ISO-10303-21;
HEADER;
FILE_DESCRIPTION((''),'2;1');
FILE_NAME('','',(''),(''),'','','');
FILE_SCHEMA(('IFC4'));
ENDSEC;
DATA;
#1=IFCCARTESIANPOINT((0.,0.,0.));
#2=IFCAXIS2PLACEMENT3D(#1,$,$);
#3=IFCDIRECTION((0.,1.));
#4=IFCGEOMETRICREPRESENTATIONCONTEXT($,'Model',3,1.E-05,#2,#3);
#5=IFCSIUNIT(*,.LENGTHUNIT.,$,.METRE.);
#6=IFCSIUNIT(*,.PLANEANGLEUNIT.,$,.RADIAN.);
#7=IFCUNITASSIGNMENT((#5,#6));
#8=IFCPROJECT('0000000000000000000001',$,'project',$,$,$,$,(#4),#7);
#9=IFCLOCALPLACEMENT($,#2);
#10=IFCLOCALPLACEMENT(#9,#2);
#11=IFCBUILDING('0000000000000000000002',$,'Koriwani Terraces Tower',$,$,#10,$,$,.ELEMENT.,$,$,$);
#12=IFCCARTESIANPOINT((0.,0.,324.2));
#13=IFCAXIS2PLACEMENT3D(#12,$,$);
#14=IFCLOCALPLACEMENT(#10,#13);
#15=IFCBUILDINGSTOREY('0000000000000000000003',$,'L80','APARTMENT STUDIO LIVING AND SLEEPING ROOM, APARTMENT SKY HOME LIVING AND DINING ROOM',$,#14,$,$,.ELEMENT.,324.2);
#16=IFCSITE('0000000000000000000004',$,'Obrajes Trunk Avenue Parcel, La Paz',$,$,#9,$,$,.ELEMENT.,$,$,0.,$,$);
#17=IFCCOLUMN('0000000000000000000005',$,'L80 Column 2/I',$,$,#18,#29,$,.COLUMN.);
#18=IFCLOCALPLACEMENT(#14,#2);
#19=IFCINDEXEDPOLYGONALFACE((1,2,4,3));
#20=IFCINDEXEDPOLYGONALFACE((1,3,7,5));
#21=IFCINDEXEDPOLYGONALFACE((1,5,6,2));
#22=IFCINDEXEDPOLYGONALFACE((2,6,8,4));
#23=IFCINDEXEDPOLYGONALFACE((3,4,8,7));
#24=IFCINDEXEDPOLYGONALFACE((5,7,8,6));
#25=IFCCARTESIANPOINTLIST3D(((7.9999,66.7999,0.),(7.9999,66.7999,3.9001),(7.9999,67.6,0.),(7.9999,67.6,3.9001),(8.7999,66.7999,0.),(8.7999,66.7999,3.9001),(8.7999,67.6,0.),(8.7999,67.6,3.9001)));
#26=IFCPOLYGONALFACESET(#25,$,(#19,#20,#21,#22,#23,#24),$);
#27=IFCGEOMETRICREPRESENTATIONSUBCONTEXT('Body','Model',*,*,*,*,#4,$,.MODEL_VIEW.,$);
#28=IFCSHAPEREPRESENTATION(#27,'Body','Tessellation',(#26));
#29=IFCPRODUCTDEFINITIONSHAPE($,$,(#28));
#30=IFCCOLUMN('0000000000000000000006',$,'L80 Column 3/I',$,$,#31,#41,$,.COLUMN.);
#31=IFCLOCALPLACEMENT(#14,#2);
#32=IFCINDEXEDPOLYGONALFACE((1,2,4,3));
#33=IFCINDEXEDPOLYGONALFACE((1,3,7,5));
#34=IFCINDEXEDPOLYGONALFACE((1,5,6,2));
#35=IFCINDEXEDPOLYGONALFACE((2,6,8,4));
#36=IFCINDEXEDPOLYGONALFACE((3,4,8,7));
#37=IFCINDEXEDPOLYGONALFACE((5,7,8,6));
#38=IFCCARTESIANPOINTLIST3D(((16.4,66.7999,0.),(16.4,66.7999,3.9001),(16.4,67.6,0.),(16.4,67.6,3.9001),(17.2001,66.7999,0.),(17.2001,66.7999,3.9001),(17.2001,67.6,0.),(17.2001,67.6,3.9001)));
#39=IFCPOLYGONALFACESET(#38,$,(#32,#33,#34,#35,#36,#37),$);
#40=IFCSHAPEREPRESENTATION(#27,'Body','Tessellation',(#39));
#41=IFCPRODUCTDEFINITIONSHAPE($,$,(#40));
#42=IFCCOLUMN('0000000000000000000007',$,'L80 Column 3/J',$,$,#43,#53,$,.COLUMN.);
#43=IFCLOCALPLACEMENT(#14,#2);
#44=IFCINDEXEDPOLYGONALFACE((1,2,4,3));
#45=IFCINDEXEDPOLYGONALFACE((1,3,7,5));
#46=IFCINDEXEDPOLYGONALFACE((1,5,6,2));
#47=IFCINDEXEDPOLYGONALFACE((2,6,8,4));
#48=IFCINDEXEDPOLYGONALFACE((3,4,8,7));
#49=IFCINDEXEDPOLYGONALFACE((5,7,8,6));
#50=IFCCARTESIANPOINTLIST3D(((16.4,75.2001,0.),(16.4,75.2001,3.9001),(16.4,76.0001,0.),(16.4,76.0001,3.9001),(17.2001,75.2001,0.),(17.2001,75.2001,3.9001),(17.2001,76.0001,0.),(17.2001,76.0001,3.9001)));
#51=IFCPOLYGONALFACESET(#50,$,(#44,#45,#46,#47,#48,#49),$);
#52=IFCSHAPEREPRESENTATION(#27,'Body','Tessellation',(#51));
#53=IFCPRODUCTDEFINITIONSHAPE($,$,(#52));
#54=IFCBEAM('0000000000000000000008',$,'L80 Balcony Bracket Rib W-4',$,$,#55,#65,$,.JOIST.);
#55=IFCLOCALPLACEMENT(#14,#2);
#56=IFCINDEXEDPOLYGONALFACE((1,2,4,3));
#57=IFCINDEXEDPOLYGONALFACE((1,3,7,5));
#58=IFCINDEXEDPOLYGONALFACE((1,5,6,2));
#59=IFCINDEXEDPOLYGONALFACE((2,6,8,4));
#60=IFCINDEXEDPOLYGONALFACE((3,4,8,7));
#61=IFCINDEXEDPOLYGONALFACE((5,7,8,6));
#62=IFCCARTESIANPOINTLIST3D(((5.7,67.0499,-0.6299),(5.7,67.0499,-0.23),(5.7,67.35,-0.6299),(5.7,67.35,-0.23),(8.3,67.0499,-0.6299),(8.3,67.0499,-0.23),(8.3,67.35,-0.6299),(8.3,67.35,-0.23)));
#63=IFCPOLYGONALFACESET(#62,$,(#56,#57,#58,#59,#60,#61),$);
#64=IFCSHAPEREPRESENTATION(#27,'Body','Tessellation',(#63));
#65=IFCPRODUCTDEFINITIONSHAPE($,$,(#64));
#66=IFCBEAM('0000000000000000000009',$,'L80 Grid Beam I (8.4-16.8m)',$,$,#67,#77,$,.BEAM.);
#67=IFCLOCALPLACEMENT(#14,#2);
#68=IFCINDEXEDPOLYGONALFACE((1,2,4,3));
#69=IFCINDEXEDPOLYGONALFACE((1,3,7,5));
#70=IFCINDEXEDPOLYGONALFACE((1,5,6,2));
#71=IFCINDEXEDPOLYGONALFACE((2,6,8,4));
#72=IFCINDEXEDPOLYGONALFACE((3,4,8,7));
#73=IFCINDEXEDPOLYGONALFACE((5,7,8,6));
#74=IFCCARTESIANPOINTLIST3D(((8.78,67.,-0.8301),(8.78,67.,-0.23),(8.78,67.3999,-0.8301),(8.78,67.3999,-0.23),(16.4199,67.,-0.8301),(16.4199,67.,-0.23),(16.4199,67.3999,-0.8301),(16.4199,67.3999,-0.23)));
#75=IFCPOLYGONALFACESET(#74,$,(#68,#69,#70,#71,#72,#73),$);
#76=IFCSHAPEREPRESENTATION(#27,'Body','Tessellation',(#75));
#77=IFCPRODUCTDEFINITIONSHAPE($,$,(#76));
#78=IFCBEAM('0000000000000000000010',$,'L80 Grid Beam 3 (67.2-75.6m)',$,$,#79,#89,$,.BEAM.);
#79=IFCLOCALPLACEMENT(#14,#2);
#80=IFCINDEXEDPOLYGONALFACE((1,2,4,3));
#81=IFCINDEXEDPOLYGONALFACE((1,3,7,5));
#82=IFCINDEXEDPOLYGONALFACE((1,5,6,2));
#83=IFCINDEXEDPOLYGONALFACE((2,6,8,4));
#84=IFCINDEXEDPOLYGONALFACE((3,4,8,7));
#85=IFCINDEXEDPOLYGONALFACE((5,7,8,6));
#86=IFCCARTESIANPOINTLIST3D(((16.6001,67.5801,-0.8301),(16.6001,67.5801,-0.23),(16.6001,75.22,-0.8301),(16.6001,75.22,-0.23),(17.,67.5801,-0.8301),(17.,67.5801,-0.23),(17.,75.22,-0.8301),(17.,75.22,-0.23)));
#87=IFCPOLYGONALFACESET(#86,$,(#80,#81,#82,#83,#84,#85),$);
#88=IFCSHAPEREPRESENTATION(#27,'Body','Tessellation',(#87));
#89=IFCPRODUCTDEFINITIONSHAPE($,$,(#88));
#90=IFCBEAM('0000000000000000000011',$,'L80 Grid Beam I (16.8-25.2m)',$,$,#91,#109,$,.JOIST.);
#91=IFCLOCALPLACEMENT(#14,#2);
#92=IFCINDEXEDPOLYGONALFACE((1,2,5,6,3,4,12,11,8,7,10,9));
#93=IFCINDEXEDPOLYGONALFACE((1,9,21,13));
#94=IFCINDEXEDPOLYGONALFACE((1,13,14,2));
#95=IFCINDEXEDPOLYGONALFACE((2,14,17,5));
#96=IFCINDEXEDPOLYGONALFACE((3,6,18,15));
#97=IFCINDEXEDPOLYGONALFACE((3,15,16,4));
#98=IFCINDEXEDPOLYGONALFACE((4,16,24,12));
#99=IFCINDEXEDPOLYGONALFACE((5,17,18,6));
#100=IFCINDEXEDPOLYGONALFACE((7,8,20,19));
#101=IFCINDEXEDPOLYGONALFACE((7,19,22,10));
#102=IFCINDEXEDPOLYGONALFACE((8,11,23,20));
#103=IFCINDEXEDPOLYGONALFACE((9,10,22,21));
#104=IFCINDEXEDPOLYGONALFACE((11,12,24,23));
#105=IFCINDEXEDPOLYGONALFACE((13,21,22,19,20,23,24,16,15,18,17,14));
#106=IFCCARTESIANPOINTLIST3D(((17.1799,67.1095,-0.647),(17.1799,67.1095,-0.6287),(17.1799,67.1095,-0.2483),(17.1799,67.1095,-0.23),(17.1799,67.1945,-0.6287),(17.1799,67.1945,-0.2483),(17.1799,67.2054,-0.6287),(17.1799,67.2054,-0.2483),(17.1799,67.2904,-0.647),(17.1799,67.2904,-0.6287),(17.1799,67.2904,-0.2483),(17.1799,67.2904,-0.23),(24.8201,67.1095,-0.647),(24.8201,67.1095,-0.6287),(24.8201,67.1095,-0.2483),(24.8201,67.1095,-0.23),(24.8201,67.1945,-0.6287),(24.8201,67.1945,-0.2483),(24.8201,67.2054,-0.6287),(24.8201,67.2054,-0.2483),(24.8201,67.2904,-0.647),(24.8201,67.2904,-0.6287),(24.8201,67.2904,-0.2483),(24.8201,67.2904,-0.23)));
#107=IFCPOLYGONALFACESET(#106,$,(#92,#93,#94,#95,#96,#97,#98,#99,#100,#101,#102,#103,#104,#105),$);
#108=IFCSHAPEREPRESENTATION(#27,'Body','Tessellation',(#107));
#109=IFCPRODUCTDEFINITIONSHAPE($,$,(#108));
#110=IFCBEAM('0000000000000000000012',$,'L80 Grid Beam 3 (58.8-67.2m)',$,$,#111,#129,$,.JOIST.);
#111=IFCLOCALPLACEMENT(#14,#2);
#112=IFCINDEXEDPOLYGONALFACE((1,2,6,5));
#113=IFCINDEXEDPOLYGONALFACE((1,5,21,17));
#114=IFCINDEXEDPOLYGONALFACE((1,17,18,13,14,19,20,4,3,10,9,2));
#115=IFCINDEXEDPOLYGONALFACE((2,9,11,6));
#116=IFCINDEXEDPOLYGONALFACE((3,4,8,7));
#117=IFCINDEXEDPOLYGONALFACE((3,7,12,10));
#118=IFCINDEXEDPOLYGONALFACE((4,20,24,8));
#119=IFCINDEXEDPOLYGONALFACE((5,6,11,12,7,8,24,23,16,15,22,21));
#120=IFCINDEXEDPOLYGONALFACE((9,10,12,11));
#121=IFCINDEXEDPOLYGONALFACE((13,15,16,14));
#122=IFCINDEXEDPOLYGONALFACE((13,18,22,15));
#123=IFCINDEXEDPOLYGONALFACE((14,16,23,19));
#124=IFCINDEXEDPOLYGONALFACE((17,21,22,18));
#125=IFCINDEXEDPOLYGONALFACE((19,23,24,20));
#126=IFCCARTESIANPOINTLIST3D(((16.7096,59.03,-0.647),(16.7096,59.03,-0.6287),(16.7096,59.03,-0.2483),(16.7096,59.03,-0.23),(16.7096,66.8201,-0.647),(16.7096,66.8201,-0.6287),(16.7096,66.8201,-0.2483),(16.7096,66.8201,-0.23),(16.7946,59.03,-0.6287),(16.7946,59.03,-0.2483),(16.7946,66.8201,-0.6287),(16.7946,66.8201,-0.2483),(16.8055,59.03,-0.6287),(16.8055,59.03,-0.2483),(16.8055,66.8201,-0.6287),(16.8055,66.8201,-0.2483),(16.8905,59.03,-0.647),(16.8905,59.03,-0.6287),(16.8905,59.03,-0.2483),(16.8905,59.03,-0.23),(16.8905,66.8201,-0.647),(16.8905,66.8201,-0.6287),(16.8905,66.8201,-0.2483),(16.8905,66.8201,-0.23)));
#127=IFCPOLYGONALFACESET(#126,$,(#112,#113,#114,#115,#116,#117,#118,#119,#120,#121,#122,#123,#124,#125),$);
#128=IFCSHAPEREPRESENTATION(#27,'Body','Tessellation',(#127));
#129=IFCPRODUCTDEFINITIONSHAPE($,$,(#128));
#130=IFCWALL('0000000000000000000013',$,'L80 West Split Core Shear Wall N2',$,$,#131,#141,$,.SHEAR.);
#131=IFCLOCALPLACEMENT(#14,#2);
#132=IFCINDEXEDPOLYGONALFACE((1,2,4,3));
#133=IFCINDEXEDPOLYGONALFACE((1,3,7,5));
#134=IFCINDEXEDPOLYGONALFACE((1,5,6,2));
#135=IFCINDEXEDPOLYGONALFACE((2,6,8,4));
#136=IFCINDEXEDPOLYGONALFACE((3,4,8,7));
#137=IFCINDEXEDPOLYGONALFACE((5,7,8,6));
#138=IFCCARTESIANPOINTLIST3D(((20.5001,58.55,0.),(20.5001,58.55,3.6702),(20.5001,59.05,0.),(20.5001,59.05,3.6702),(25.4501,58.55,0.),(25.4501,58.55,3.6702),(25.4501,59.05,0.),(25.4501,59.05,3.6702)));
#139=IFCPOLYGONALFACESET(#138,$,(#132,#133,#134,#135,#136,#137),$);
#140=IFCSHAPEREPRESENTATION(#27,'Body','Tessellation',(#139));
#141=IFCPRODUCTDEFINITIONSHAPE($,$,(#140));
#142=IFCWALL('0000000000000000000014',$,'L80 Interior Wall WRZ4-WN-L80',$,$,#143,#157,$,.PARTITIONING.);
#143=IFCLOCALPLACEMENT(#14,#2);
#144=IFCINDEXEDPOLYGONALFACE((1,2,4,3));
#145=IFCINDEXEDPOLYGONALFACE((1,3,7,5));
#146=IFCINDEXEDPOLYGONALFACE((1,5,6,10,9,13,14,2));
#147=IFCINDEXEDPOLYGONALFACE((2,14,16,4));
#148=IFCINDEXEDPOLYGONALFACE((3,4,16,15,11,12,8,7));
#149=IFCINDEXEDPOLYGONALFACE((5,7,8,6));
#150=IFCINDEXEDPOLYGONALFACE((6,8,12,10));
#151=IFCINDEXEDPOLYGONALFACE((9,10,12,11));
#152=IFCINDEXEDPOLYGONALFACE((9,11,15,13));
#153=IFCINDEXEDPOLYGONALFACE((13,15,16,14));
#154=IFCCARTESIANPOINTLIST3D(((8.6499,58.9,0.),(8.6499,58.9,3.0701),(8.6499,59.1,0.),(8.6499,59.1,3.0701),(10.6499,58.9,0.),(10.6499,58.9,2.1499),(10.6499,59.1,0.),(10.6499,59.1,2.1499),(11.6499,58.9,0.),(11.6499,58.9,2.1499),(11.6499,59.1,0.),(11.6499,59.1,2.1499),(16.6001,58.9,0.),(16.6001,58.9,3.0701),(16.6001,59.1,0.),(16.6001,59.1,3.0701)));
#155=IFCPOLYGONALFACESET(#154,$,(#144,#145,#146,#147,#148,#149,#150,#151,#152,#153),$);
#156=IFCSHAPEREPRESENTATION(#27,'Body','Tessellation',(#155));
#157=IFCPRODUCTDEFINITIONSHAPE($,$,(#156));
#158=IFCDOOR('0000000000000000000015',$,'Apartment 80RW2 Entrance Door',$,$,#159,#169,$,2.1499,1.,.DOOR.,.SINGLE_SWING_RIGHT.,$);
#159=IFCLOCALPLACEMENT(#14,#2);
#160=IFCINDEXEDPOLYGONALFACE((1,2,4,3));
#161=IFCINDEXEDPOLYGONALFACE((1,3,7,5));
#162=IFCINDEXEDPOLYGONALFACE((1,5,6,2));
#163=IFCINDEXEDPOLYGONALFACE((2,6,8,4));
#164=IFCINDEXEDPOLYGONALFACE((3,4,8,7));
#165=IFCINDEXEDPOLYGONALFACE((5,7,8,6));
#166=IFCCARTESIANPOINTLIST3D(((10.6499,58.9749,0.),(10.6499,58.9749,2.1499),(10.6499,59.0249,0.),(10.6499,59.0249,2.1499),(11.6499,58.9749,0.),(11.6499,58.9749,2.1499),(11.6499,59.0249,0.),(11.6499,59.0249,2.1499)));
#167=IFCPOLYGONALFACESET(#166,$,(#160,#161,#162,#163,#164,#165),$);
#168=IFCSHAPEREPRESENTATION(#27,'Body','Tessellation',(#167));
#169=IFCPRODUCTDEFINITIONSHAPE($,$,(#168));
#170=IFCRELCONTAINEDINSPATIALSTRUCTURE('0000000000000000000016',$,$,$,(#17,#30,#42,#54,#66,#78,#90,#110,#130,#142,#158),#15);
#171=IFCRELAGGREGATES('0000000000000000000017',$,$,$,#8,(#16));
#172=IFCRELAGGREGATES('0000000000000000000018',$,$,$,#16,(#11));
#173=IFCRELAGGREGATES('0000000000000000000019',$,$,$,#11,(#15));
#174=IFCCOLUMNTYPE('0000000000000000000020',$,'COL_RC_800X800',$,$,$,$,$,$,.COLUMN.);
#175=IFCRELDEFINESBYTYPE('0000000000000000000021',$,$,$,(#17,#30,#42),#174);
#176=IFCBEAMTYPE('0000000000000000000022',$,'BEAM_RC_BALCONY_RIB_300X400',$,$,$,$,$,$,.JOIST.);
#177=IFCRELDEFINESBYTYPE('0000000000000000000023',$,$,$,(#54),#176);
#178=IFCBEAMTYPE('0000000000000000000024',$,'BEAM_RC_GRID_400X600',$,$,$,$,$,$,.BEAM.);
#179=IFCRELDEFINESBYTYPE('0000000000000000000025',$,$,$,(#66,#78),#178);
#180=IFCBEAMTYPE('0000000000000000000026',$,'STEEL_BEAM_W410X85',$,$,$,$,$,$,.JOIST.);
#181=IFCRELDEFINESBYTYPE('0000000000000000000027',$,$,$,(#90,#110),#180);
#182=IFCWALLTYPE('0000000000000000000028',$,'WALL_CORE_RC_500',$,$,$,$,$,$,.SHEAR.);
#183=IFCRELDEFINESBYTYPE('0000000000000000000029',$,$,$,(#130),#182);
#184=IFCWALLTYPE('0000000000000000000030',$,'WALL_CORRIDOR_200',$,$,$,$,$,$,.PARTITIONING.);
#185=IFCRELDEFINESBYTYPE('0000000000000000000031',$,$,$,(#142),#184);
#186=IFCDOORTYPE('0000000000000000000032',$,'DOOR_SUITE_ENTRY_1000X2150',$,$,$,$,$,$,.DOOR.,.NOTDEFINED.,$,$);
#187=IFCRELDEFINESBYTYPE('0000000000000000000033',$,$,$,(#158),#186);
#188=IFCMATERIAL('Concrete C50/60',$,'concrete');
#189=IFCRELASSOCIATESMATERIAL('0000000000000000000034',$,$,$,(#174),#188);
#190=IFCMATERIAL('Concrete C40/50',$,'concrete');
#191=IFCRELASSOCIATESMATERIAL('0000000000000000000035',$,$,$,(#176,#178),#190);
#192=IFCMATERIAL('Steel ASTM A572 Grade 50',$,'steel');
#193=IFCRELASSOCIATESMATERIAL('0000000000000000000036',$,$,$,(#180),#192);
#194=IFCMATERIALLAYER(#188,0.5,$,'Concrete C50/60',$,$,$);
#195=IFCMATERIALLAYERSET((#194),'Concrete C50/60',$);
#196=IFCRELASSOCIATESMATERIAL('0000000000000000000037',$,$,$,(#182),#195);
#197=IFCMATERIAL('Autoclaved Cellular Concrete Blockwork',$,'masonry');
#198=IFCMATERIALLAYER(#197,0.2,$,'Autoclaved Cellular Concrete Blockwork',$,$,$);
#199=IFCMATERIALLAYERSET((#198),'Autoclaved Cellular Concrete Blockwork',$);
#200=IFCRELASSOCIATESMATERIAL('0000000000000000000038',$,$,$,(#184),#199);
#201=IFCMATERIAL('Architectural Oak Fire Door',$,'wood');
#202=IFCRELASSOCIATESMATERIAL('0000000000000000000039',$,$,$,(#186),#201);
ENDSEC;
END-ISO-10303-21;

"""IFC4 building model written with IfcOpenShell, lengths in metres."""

from ifc_helpers import new_model, si_unit, direction, frame, frame_2d, origin, origin_2d, place, context, subcontext, project, spatial, rectangle, i_section, extrude, material, layer, layer_set, material_profile, profile_set, type_object, element, fill, save


model = new_model("IFC4")

# Units and contexts
model_context = context("Model", 3, precision=1e-05, world=origin(), true_north=direction((0.0, 1.0)))
body_context = subcontext(model_context, "Body", "Model", "MODEL_VIEW")
ifc_project = project(units=[si_unit("LENGTHUNIT", "METRE"), si_unit("PLANEANGLEUNIT", "RADIAN")], contexts=[model_context])

# Site, building, storey
site_placement = place(None, origin())
site = spatial("IfcSite", under=ifc_project, at=site_placement, Name="Obrajes Trunk Avenue Parcel, La Paz", CompositionType="ELEMENT", RefElevation=0.0)
building_placement = place(site_placement, origin())
building = spatial("IfcBuilding", under=site, at=building_placement, Name="Koriwani Terraces Tower", CompositionType="ELEMENT")
storey_placement = place(building_placement, frame((0.0, 0.0, 324.2)))
storey = spatial("IfcBuildingStorey", under=building, at=storey_placement, Name="L80", Description="APARTMENT STUDIO LIVING AND SLEEPING ROOM, APARTMENT SKY HOME LIVING AND DINING ROOM", CompositionType="ELEMENT", Elevation=324.2)

# Columns
ifc_material_1 = material(Name="Concrete C50/60", Category="concrete")
ifc_material_profile_1 = material_profile(ifc_material_1, rectangle(XDim=0.8, YDim=0.8, at=origin_2d()), Name="Concrete C50/60", Category="LoadBearing")
ifc_profile_set_1 = profile_set([ifc_material_profile_1], Name="Concrete C50/60")
column_type = type_object("IfcColumnType", Name="COL_RC_800X800", PredefinedType="COLUMN", material=ifc_profile_set_1)
for number, where, z_axis, x_axis, name in (
    (1, (8.3999, 67.2, 0.0), (0.0, 0.0, 1.0), (1.0, 0.0, 0.0), "L80 Column 2/I"),
    (2, (16.8, 67.2, 0.0), (0.0, 0.0, 1.0), (1.0, 0.0, 0.0), "L80 Column 3/I"),
    (3, (16.8, 75.6001, 0.0), (0.0, 0.0, 1.0), (1.0, 0.0, 0.0), "L80 Column 3/J"),
):
    element("IfcColumn", number, at=place(storey_placement, frame(where, z_axis=z_axis, x_axis=x_axis)), inside=storey, type_object=column_type, Name=name, PredefinedType="COLUMN", context=body_context, shape_type="SweptSolid", body=[
        extrude(rectangle(XDim=0.8, YDim=0.8, at=origin_2d()), origin(), (0.0, 0.0, 1.0), 3.9001),
    ])

# Beams
ifc_material_2 = material(Name="Concrete C40/50", Category="concrete")
ifc_material_profile_2 = material_profile(ifc_material_2, rectangle(XDim=0.3, YDim=0.3999, at=origin_2d()), Name="Concrete C40/50", Category="LoadBearing")
ifc_profile_set_2 = profile_set([ifc_material_profile_2], Name="Concrete C40/50")
beam_type_1 = type_object("IfcBeamType", Name="BEAM_RC_BALCONY_RIB_300X400", PredefinedType="JOIST", material=ifc_profile_set_2)
beam_1_placement = place(storey_placement, frame((5.7, 67.2, -0.4299), z_axis=(1.0, 0.0, 0.0), x_axis=(0.0, 1.0, 0.0)))
element("IfcBeam", 4, at=beam_1_placement, inside=storey, type_object=beam_type_1, Name="L80 Balcony Bracket Rib W-4", PredefinedType="JOIST", context=body_context, shape_type="SweptSolid", body=[
    extrude(rectangle(XDim=0.3, YDim=0.3999, at=origin_2d()), origin(), (0.0, 0.0, 1.0), 2.6001),
])
ifc_material_profile_3 = material_profile(ifc_material_2, rectangle(XDim=0.3999, YDim=0.6001, at=origin_2d()), Name="Concrete C40/50", Category="LoadBearing")
ifc_profile_set_3 = profile_set([ifc_material_profile_3], Name="Concrete C40/50")
beam_type_2 = type_object("IfcBeamType", Name="BEAM_RC_GRID_400X600", PredefinedType="BEAM", material=ifc_profile_set_3)
for number, where, z_axis, x_axis, name in (
    (5, (8.78, 67.2, -0.53), (1.0, 0.0, 0.0), (0.0, 1.0, 0.0), "L80 Grid Beam I (8.4-16.8m)"),
    (6, (16.8, 67.5801, -0.53), (0.0, 1.0, 0.0), (-1.0, 0.0, 0.0), "L80 Grid Beam 3 (67.2-75.6m)"),
):
    element("IfcBeam", number, at=place(storey_placement, frame(where, z_axis=z_axis, x_axis=x_axis)), inside=storey, type_object=beam_type_2, Name=name, PredefinedType="BEAM", context=body_context, shape_type="SweptSolid", body=[
        extrude(rectangle(XDim=0.3999, YDim=0.6001, at=origin_2d()), origin(), (0.0, 0.0, 1.0), 7.6399),
    ])
ifc_material_3 = material(Name="Steel ASTM A572 Grade 50", Category="steel")
ifc_material_profile_4 = material_profile(ifc_material_3, i_section(OverallWidth=0.1809, OverallDepth=0.417, WebThickness=0.011, FlangeThickness=0.0183, at=origin_2d()), Name="Steel ASTM A572 Grade 50", Category="LoadBearing")
ifc_profile_set_4 = profile_set([ifc_material_profile_4], Name="Steel ASTM A572 Grade 50")
beam_type_3 = type_object("IfcBeamType", Name="STEEL_BEAM_W410X85", PredefinedType="JOIST", material=ifc_profile_set_4)
beam_2_placement = place(storey_placement, frame((17.1799, 67.2, -0.4385), z_axis=(1.0, 0.0, 0.0), x_axis=(0.0, 1.0, 0.0)))
element("IfcBeam", 7, at=beam_2_placement, inside=storey, type_object=beam_type_3, Name="L80 Grid Beam I (16.8-25.2m)", PredefinedType="JOIST", context=body_context, shape_type="SweptSolid", body=[
    extrude(i_section(OverallWidth=0.1809, OverallDepth=0.417, WebThickness=0.011, FlangeThickness=0.0183, at=origin_2d()), origin(), (0.0, 0.0, 1.0), 7.6401),
])
beam_3_placement = place(storey_placement, frame((16.8, 59.03, -0.4385), z_axis=(0.0, 1.0, 0.0), x_axis=(-1.0, 0.0, 0.0)))
element("IfcBeam", 8, at=beam_3_placement, inside=storey, type_object=beam_type_3, Name="L80 Grid Beam 3 (58.8-67.2m)", PredefinedType="JOIST", context=body_context, shape_type="SweptSolid", body=[
    extrude(i_section(OverallWidth=0.1809, OverallDepth=0.417, WebThickness=0.011, FlangeThickness=0.0183, at=origin_2d()), origin(), (0.0, 0.0, 1.0), 7.79),
])

# Wall
ifc_layer_1 = layer(ifc_material_1, 0.5, Name="Concrete C50/60")
ifc_layer_set_1 = layer_set([ifc_layer_1], Name="Concrete C50/60")
wall_type_1 = type_object("IfcWallType", Name="WALL_CORE_RC_500", PredefinedType="SHEAR", material=ifc_layer_set_1)
wall_1_placement = place(storey_placement, frame((20.5, 58.8, 0.0), z_axis=(0.0, 0.0, 1.0), x_axis=(1.0, 0.0, 0.0)))
element("IfcWall", 9, at=wall_1_placement, inside=storey, type_object=wall_type_1, Name="L80 West Split Core Shear Wall N2", PredefinedType="SHEAR", context=body_context, shape_type="SweptSolid", body=[
    extrude(rectangle(XDim=4.95, YDim=0.5, at=frame_2d((2.4751, 0.0))), origin(), (0.0, 0.0, 1.0), 3.6702),
])

# Wall, opening, door
ifc_material_4 = material(Name="Autoclaved Cellular Concrete Blockwork", Category="masonry")
ifc_layer_2 = layer(ifc_material_4, 0.2, Name="Autoclaved Cellular Concrete Blockwork")
ifc_layer_set_2 = layer_set([ifc_layer_2], Name="Autoclaved Cellular Concrete Blockwork")
wall_type_2 = type_object("IfcWallType", Name="WALL_CORRIDOR_200", PredefinedType="PARTITIONING", material=ifc_layer_set_2)
wall_2_placement = place(storey_placement, frame((8.6499, 59.0, 0.0), z_axis=(0.0, 0.0, 1.0), x_axis=(1.0, 0.0, 0.0)))
wall_2 = element("IfcWall", 10, at=wall_2_placement, inside=storey, type_object=wall_type_2, Name="L80 Interior Wall WRZ4-WN-L80", PredefinedType="PARTITIONING", context=body_context, shape_type="SweptSolid", body=[
    extrude(rectangle(XDim=7.9502, YDim=0.2, at=frame_2d((3.9751, 0.0))), origin(), (0.0, 0.0, 1.0), 3.0701),
])
opening_1_placement = place(wall_2_placement, frame((2.0, 0.0, 0.0)))
opening_1 = element("IfcOpeningElement", 11, at=opening_1_placement, cuts=wall_2, PredefinedType="OPENING", context=body_context, shape_type="SweptSolid", body=[
    extrude(rectangle(XDim=1.0, YDim=2.1499, at=frame_2d((0.5, 1.075))), frame((0.0, 0.1099, 0.0), z_axis=(0.0, -1.0, 0.0), x_axis=(1.0, 0.0, 0.0)), (0.0, 0.0, 1.0), 0.22),
])
ifc_material_5 = material(Name="Architectural Oak Fire Door", Category="wood")
door_type_1 = type_object("IfcDoorType", Name="DOOR_SUITE_ENTRY_1000X2150", OperationType="NOTDEFINED", PredefinedType="DOOR", material=ifc_material_5)
door_1_placement = place(opening_1_placement, origin())
door_1 = element("IfcDoor", 12, at=door_1_placement, inside=storey, type_object=door_type_1, Name="Apartment 80RW2 Entrance Door", OperationType="SINGLE_SWING_RIGHT", OverallHeight=2.1499, OverallWidth=1.0, PredefinedType="DOOR", context=body_context, shape_type="SweptSolid", body=[
    extrude(rectangle(XDim=1.0, YDim=2.1499, at=frame_2d((0.5, 1.075))), frame((0.0, 0.0249, 0.0), z_axis=(0.0, -1.0, 0.0), x_axis=(1.0, 0.0, 0.0)), (0.0, 0.0, 1.0), 0.05),
])
fill(opening_1, door_1)

save(model, "model.ifc")
